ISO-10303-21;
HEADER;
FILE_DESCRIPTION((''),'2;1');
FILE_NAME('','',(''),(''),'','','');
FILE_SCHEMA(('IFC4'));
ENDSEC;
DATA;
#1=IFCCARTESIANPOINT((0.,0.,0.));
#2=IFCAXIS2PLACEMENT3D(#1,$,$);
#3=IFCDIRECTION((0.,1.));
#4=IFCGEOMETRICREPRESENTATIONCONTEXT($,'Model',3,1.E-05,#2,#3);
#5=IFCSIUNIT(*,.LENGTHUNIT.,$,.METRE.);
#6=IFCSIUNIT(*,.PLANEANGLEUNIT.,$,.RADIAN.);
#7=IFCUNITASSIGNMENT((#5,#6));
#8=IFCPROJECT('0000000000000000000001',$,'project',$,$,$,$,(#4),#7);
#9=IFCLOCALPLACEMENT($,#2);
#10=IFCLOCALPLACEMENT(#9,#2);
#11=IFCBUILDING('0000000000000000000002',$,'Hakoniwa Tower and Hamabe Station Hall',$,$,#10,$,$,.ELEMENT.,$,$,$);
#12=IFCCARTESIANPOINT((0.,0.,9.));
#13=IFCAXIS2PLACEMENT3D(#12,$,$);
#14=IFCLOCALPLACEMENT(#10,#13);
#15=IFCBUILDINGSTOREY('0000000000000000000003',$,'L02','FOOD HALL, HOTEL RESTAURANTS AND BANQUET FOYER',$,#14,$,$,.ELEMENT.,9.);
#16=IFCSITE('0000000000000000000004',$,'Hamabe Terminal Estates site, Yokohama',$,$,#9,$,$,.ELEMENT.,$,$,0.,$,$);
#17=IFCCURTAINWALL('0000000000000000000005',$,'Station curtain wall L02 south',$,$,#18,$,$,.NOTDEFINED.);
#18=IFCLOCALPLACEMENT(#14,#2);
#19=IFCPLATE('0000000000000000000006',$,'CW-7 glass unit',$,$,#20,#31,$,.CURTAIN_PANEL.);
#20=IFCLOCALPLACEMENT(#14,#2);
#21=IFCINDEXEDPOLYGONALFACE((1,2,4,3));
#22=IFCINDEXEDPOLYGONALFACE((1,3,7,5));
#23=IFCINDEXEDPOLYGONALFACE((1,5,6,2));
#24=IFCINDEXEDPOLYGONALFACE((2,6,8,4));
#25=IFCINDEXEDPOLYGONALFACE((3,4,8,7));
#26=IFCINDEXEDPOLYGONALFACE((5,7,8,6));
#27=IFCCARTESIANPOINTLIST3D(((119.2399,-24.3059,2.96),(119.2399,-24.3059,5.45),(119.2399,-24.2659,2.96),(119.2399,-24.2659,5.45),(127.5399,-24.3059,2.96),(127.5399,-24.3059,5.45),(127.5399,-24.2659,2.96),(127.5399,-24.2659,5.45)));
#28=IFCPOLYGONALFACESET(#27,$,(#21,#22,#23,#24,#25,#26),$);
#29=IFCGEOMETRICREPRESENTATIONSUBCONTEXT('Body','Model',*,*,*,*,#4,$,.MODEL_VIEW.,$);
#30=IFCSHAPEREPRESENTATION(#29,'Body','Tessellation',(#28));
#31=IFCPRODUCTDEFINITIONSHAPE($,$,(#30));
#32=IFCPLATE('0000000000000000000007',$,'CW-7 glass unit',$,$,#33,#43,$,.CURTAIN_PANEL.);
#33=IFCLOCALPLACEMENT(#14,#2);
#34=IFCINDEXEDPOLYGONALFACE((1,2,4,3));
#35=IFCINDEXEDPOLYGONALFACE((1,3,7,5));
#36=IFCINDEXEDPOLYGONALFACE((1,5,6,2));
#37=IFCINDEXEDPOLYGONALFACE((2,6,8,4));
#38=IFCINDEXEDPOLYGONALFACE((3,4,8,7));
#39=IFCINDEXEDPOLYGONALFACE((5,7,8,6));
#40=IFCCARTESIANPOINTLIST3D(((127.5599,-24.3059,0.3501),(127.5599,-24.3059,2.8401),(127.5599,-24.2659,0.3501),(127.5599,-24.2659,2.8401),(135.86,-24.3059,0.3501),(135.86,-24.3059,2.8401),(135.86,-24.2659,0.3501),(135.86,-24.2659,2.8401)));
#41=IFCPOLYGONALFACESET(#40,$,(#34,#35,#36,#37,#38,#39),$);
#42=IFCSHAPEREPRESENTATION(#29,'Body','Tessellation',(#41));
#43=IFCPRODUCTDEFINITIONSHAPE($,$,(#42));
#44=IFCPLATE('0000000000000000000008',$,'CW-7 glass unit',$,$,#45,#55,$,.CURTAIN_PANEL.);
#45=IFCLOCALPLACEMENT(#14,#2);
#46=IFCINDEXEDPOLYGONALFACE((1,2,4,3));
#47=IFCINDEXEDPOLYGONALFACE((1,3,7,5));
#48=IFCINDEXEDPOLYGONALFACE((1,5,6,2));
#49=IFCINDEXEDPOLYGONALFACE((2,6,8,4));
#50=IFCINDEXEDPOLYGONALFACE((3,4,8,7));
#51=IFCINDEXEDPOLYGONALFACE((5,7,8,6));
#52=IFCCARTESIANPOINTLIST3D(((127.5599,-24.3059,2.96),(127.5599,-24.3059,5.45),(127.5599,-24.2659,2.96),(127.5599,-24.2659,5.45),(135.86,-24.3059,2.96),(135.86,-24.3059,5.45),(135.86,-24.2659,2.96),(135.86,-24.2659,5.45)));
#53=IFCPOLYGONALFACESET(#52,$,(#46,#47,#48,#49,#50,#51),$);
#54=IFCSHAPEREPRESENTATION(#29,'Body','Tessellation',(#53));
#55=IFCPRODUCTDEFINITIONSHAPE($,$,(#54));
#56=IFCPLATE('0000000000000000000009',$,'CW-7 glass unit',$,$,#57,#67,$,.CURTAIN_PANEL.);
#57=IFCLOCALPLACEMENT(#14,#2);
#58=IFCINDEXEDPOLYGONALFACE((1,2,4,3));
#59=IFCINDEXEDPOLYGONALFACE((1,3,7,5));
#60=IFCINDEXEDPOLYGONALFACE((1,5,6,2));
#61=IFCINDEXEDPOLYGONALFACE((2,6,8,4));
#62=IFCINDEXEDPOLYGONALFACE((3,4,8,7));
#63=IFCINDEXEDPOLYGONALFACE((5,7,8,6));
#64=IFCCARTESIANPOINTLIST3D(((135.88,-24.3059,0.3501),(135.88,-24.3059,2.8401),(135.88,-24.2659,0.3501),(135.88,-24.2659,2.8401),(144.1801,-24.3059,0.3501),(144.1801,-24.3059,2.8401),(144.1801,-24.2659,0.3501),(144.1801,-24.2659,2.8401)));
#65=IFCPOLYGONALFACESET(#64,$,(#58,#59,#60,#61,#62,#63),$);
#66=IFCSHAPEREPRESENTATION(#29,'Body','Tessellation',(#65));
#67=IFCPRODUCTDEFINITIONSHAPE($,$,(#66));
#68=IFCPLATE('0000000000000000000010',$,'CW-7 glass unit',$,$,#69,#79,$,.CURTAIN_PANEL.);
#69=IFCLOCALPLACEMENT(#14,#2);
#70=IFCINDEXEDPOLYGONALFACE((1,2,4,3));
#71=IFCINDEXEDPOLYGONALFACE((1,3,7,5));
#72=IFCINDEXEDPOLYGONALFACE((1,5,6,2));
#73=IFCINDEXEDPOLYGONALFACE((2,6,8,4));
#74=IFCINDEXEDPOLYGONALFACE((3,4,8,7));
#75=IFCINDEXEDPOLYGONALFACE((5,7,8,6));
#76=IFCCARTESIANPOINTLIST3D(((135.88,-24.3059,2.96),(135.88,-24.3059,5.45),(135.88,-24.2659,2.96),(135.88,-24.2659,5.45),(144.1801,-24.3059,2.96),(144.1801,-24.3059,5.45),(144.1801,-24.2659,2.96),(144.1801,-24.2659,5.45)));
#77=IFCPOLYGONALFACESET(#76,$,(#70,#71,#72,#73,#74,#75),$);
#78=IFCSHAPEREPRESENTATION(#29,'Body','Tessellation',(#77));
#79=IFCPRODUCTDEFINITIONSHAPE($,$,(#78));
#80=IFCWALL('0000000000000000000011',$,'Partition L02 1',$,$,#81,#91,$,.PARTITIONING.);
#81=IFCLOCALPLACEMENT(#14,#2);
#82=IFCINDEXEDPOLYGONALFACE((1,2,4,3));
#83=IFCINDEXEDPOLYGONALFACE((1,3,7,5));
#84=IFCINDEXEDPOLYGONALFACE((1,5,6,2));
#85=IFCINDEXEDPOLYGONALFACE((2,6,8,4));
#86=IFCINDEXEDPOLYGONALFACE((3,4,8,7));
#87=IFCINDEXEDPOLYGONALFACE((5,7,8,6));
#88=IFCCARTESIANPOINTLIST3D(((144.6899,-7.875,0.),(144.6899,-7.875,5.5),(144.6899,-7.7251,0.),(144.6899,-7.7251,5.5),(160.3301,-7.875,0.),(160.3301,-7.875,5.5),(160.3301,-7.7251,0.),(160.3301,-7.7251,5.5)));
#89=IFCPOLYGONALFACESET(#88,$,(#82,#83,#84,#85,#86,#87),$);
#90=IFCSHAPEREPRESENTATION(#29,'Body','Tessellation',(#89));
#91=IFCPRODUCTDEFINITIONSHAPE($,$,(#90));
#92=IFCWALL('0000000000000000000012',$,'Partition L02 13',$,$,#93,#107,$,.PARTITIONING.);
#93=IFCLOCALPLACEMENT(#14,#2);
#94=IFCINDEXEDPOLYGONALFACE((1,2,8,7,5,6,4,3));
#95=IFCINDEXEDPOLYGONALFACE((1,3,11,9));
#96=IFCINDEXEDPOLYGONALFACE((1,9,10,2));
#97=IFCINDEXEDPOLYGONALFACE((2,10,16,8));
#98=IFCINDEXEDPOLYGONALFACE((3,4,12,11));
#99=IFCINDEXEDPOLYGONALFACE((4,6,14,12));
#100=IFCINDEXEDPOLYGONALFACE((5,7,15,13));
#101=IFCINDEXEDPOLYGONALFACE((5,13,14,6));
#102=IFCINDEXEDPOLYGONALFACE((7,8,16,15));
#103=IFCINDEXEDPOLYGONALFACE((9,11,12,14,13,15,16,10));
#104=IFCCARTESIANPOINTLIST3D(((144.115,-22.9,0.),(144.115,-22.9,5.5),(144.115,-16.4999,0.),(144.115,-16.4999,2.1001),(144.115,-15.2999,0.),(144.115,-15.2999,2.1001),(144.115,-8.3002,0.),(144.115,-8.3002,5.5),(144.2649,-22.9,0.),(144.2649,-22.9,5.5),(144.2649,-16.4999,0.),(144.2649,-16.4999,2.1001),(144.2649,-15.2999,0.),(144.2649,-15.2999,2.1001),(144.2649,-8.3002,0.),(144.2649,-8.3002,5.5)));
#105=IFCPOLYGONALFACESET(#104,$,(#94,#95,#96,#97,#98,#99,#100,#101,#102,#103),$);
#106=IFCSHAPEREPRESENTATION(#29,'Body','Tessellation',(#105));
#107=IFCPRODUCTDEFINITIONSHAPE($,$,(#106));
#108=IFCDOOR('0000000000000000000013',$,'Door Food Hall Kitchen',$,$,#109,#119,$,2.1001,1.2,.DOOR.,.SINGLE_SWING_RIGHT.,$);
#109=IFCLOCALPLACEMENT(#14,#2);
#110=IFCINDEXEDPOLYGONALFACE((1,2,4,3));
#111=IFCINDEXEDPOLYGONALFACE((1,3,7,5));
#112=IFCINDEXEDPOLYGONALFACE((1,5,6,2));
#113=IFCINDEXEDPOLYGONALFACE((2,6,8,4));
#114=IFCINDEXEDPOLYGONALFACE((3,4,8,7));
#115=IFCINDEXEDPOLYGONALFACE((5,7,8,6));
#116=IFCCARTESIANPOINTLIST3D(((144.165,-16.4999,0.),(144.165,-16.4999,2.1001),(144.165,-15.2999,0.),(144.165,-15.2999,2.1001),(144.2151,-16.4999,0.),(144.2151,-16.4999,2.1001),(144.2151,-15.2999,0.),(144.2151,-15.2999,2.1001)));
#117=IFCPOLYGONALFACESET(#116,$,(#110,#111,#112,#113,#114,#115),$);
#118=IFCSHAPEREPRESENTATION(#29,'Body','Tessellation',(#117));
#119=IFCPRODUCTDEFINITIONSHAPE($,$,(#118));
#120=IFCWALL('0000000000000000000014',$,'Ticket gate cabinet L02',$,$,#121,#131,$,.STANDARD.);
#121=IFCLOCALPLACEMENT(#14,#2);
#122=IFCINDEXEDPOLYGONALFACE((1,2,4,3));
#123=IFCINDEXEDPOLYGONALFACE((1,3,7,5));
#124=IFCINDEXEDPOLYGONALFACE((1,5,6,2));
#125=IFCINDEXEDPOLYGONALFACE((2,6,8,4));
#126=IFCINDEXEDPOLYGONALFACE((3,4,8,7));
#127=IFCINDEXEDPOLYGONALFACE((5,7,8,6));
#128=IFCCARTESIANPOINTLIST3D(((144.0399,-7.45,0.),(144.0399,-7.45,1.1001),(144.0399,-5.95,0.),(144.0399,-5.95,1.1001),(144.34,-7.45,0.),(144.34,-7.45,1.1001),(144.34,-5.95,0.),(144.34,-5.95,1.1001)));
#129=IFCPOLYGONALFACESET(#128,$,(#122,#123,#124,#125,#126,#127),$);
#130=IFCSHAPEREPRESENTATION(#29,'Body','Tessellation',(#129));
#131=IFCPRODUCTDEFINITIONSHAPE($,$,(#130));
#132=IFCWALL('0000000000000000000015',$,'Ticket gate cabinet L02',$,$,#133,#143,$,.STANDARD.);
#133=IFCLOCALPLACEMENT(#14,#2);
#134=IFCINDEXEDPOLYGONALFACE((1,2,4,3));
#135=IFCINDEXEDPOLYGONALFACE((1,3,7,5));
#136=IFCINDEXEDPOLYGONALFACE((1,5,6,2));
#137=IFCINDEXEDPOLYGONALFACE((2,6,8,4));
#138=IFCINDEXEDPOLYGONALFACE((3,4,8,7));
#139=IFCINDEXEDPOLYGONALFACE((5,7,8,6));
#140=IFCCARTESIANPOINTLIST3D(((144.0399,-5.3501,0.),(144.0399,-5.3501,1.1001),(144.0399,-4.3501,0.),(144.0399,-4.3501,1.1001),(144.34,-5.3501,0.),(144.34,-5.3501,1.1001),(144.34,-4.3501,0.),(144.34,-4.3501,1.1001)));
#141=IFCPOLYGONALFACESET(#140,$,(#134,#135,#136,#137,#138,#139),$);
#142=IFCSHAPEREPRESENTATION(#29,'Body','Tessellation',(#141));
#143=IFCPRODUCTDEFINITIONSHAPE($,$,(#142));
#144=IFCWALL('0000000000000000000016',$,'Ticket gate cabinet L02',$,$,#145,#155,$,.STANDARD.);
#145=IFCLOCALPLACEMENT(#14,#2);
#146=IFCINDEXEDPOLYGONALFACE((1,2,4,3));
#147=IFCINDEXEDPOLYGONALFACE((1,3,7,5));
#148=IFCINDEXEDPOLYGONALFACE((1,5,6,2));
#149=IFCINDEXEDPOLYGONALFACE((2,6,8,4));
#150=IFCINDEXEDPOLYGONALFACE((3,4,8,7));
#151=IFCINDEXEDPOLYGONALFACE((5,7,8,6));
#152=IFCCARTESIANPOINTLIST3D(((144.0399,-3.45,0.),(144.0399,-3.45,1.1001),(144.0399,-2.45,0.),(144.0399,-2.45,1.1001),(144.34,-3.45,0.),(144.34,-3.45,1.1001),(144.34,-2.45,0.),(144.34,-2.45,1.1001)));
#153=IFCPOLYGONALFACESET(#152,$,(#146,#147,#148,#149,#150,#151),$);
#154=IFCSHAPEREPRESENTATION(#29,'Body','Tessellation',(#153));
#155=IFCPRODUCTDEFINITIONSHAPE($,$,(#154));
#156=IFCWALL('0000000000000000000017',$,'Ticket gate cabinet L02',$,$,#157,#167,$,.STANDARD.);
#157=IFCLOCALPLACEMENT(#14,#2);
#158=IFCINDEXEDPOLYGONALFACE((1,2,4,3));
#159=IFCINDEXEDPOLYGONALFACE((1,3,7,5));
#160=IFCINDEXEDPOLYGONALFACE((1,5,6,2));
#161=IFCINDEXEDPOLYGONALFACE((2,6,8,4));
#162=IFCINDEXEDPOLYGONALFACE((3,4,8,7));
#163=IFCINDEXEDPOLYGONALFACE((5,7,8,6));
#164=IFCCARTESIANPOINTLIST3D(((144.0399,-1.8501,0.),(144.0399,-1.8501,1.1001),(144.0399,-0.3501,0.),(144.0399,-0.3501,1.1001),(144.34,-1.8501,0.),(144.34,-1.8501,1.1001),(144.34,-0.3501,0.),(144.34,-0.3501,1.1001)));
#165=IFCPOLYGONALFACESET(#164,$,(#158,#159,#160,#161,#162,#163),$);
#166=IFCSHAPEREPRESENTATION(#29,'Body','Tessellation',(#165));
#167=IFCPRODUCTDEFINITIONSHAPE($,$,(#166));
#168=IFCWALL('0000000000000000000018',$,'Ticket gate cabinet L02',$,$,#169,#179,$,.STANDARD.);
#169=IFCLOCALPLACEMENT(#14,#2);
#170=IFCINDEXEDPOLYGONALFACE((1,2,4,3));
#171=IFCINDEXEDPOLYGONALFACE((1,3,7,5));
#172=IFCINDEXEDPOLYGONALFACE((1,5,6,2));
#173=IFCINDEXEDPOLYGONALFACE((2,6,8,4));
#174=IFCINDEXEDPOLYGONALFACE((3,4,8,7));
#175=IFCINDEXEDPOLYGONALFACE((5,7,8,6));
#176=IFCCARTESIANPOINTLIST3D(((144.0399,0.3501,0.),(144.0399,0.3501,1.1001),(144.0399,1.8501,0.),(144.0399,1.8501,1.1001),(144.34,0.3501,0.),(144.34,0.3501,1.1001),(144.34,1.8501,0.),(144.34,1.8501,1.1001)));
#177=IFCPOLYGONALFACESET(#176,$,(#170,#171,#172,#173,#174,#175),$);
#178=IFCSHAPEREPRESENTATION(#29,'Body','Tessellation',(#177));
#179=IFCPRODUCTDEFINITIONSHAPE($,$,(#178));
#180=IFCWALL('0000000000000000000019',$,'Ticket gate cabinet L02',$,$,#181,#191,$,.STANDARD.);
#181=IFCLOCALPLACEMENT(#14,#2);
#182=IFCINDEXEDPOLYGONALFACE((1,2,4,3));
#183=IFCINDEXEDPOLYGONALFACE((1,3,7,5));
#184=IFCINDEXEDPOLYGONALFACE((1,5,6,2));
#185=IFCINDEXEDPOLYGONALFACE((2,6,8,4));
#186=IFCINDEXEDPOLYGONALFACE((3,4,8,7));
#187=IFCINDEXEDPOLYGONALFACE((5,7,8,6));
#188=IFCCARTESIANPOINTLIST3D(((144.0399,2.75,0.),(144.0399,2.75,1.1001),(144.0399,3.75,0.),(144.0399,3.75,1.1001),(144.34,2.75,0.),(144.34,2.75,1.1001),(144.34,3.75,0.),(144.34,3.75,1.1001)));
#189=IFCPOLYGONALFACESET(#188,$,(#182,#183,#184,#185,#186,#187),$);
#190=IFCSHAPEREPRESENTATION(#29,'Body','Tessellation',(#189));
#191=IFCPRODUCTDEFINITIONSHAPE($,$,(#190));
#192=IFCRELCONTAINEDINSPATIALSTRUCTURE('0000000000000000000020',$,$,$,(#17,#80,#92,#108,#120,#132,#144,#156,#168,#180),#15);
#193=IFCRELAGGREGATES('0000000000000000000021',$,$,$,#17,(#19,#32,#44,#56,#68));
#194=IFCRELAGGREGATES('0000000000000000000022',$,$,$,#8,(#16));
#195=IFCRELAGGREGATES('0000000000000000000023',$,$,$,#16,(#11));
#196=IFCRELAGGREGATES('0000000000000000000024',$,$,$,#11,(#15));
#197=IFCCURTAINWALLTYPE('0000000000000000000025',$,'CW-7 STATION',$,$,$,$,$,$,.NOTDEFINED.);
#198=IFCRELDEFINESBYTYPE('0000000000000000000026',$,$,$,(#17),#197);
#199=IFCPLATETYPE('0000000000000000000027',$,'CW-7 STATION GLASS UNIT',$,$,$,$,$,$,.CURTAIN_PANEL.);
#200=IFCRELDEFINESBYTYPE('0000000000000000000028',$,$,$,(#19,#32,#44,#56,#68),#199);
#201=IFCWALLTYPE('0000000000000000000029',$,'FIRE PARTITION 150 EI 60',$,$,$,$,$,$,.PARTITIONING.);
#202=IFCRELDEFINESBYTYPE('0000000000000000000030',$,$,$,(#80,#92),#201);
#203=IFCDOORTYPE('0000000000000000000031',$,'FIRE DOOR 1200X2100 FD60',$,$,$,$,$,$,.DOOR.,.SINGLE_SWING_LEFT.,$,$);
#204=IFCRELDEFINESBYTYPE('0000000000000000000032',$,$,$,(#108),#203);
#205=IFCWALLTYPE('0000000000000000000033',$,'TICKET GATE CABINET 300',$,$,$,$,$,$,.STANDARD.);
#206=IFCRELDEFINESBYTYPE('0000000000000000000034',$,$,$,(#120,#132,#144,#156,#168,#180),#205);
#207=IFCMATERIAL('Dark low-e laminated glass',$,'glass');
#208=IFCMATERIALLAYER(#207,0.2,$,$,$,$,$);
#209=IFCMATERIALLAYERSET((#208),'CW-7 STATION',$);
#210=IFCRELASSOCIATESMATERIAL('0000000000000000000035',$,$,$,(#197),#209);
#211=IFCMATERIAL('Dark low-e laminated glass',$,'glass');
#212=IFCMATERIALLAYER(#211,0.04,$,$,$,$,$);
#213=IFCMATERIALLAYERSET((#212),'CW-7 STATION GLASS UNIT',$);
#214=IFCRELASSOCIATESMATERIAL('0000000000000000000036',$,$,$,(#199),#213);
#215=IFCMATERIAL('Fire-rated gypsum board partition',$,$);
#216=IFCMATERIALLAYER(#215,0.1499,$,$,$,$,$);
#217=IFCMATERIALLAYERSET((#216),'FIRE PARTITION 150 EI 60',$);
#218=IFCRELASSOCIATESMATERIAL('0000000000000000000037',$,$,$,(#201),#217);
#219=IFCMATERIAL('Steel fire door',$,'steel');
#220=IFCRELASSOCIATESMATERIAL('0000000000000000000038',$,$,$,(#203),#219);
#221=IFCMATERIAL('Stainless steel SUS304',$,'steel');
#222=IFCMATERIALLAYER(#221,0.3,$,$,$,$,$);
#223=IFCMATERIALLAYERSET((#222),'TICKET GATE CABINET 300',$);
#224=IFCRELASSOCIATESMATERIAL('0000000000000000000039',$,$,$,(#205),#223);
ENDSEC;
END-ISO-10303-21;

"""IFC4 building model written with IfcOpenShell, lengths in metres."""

from ifc_helpers import new_model, si_unit, direction, frame, frame_2d, origin, origin_2d, place, context, subcontext, project, spatial, rectangle, extrude, material, layer, layer_set, type_object, element, fill, aggregate, save


model = new_model("IFC4")

# Units and contexts
model_context = context("Model", 3, precision=1e-05, world=origin(), true_north=direction((0.0, 1.0)))
body_context = subcontext(model_context, "Body", "Model", "MODEL_VIEW")
ifc_project = project(units=[si_unit("LENGTHUNIT", "METRE"), si_unit("PLANEANGLEUNIT", "RADIAN")], contexts=[model_context])

# Site, building, storey
site_placement = place(None, origin())
site = spatial("IfcSite", under=ifc_project, at=site_placement, Name="Hamabe Terminal Estates site, Yokohama", CompositionType="ELEMENT", RefElevation=0.0)
building_placement = place(site_placement, origin())
building = spatial("IfcBuilding", under=site, at=building_placement, Name="Hakoniwa Tower and Hamabe Station Hall", CompositionType="ELEMENT")
storey_placement = place(building_placement, frame((0.0, 0.0, 9.0)))
storey = spatial("IfcBuildingStorey", under=building, at=storey_placement, Name="L02", Description="FOOD HALL, HOTEL RESTAURANTS AND BANQUET FOYER", CompositionType="ELEMENT", Elevation=9.0)

# Curtain wall, plates
ifc_material_1 = material(Name="Dark low-e laminated glass", Category="glass")
ifc_layer_1 = layer(ifc_material_1, 0.2)
ifc_layer_set_1 = layer_set([ifc_layer_1], Name="CW-7 STATION")
curtain_wall_type = type_object("IfcCurtainWallType", Name="CW-7 STATION", PredefinedType="NOTDEFINED", material=ifc_layer_set_1)
curtain_wall_placement = place(storey_placement, origin())
curtain_wall = element("IfcCurtainWall", 1, at=curtain_wall_placement, inside=storey, type_object=curtain_wall_type, Name="Station curtain wall L02 south", PredefinedType="NOTDEFINED")
ifc_material_2 = material(Name="Dark low-e laminated glass", Category="glass")
ifc_layer_2 = layer(ifc_material_2, 0.04)
ifc_layer_set_2 = layer_set([ifc_layer_2], Name="CW-7 STATION GLASS UNIT")
plate_type = type_object("IfcPlateType", Name="CW-7 STATION GLASS UNIT", PredefinedType="CURTAIN_PANEL", material=ifc_layer_set_2)
plate_1_placement = place(storey_placement, frame((123.3899, -24.2859, 2.96), z_axis=(0.0, 0.0, 1.0), x_axis=(1.0, 0.0, 0.0)))
plate_1 = element("IfcPlate", 2, at=plate_1_placement, type_object=plate_type, Name="CW-7 glass unit", PredefinedType="CURTAIN_PANEL", context=body_context, shape_type="SweptSolid", body=[
    extrude(rectangle(XDim=8.3, YDim=0.04, at=origin_2d()), origin(), (0.0, 0.0, 1.0), 2.49),
])
plate_2_placement = place(storey_placement, frame((131.71, -24.2859, 0.3501), z_axis=(0.0, 0.0, 1.0), x_axis=(1.0, 0.0, 0.0)))
plate_2 = element("IfcPlate", 3, at=plate_2_placement, type_object=plate_type, Name="CW-7 glass unit", PredefinedType="CURTAIN_PANEL", context=body_context, shape_type="SweptSolid", body=[
    extrude(rectangle(XDim=8.3, YDim=0.04, at=origin_2d()), origin(), (0.0, 0.0, 1.0), 2.49),
])
plate_3_placement = place(storey_placement, frame((131.71, -24.2859, 2.96), z_axis=(0.0, 0.0, 1.0), x_axis=(1.0, 0.0, 0.0)))
plate_3 = element("IfcPlate", 4, at=plate_3_placement, type_object=plate_type, Name="CW-7 glass unit", PredefinedType="CURTAIN_PANEL", context=body_context, shape_type="SweptSolid", body=[
    extrude(rectangle(XDim=8.3, YDim=0.04, at=origin_2d()), origin(), (0.0, 0.0, 1.0), 2.49),
])
plate_4_placement = place(storey_placement, frame((140.03, -24.2859, 0.3501), z_axis=(0.0, 0.0, 1.0), x_axis=(1.0, 0.0, 0.0)))
plate_4 = element("IfcPlate", 5, at=plate_4_placement, type_object=plate_type, Name="CW-7 glass unit", PredefinedType="CURTAIN_PANEL", context=body_context, shape_type="SweptSolid", body=[
    extrude(rectangle(XDim=8.3, YDim=0.04, at=origin_2d()), origin(), (0.0, 0.0, 1.0), 2.49),
])
plate_5_placement = place(storey_placement, frame((140.03, -24.2859, 2.96), z_axis=(0.0, 0.0, 1.0), x_axis=(1.0, 0.0, 0.0)))
plate_5 = element("IfcPlate", 6, at=plate_5_placement, type_object=plate_type, Name="CW-7 glass unit", PredefinedType="CURTAIN_PANEL", context=body_context, shape_type="SweptSolid", body=[
    extrude(rectangle(XDim=8.3, YDim=0.04, at=origin_2d()), origin(), (0.0, 0.0, 1.0), 2.49),
])
aggregate(curtain_wall, [plate_1, plate_2, plate_3, plate_4, plate_5])

# Wall
ifc_material_3 = material(Name="Fire-rated gypsum board partition")
ifc_layer_3 = layer(ifc_material_3, 0.1499)
ifc_layer_set_3 = layer_set([ifc_layer_3], Name="FIRE PARTITION 150 EI 60")
wall_type_1 = type_object("IfcWallType", Name="FIRE PARTITION 150 EI 60", PredefinedType="PARTITIONING", material=ifc_layer_set_3)
wall_1_placement = place(storey_placement, frame((144.6899, -7.8, 0.0), z_axis=(0.0, 0.0, 1.0), x_axis=(1.0, 0.0, 0.0)))
element("IfcWall", 7, at=wall_1_placement, inside=storey, type_object=wall_type_1, Name="Partition L02 1", PredefinedType="PARTITIONING", context=body_context, shape_type="SweptSolid", body=[
    extrude(rectangle(XDim=15.6401, YDim=0.1499, at=frame_2d((7.8201, 0.0))), origin(), (0.0, 0.0, 1.0), 5.5),
])

# Wall, opening, door
wall_2_placement = place(storey_placement, frame((144.1899, -22.8999, 0.0), z_axis=(0.0, 0.0, 1.0), x_axis=(0.0, 1.0, 0.0)))
wall_2 = element("IfcWall", 8, at=wall_2_placement, inside=storey, type_object=wall_type_1, Name="Partition L02 13", PredefinedType="PARTITIONING", context=body_context, shape_type="SweptSolid", body=[
    extrude(rectangle(XDim=14.5999, YDim=0.1499, at=frame_2d((7.2998, 0.0))), origin(), (0.0, 0.0, 1.0), 5.5),
])
opening_placement = place(wall_2_placement, frame((6.3999, 0.0, 0.0)))
opening = element("IfcOpeningElement", 9, at=opening_placement, cuts=wall_2, PredefinedType="OPENING", context=body_context, shape_type="SweptSolid", body=[
    extrude(rectangle(XDim=1.2, YDim=2.1001, at=frame_2d((0.6001, 1.05))), frame((0.0, 0.085, 0.0), z_axis=(0.0, -1.0, 0.0), x_axis=(1.0, 0.0, 0.0)), (0.0, 0.0, 1.0), 0.1699),
])
ifc_material_4 = material(Name="Steel fire door", Category="steel")
door_type = type_object("IfcDoorType", Name="FIRE DOOR 1200X2100 FD60", OperationType="SINGLE_SWING_LEFT", PredefinedType="DOOR", material=ifc_material_4)
door_placement = place(opening_placement, origin())
door = element("IfcDoor", 10, at=door_placement, inside=storey, type_object=door_type, Name="Door Food Hall Kitchen", OperationType="SINGLE_SWING_RIGHT", OverallHeight=2.1001, OverallWidth=1.2, PredefinedType="DOOR", context=body_context, shape_type="SweptSolid", body=[
    extrude(rectangle(XDim=1.2, YDim=2.1001, at=frame_2d((0.6001, 1.05))), frame((0.0, 0.0249, 0.0), z_axis=(0.0, -1.0, 0.0), x_axis=(1.0, 0.0, 0.0)), (0.0, 0.0, 1.0), 0.05),
])
fill(opening, door)

# Walls
ifc_material_5 = material(Name="Stainless steel SUS304", Category="steel")
ifc_layer_4 = layer(ifc_material_5, 0.3)
ifc_layer_set_4 = layer_set([ifc_layer_4], Name="TICKET GATE CABINET 300")
wall_type_2 = type_object("IfcWallType", Name="TICKET GATE CABINET 300", PredefinedType="STANDARD", material=ifc_layer_set_4)
wall_3_placement = place(storey_placement, frame((144.1899, -7.45, 0.0), z_axis=(0.0, 0.0, 1.0), x_axis=(0.0, 1.0, 0.0)))
element("IfcWall", 11, at=wall_3_placement, inside=storey, type_object=wall_type_2, Name="Ticket gate cabinet L02", PredefinedType="STANDARD", context=body_context, shape_type="SweptSolid", body=[
    extrude(rectangle(XDim=1.5, YDim=0.3, at=frame_2d((0.75, 0.0))), origin(), (0.0, 0.0, 1.0), 1.1001),
])
for number, where, z_axis, x_axis, name in (
    (12, (144.1899, -5.3501, 0.0), (0.0, 0.0, 1.0), (0.0, 1.0, 0.0), "Ticket gate cabinet L02"),
    (13, (144.1899, -3.45, 0.0), (0.0, 0.0, 1.0), (0.0, 1.0, 0.0), "Ticket gate cabinet L02"),
):
    element("IfcWall", number, at=place(storey_placement, frame(where, z_axis=z_axis, x_axis=x_axis)), inside=storey, type_object=wall_type_2, Name=name, PredefinedType="STANDARD", context=body_context, shape_type="SweptSolid", body=[
        extrude(rectangle(XDim=1.0, YDim=0.3, at=frame_2d((0.5, 0.0))), origin(), (0.0, 0.0, 1.0), 1.1001),
    ])
for number, where, z_axis, x_axis, name in (
    (14, (144.1899, -1.8501, 0.0), (0.0, 0.0, 1.0), (0.0, 1.0, 0.0), "Ticket gate cabinet L02"),
    (15, (144.1899, 0.3501, 0.0), (0.0, 0.0, 1.0), (0.0, 1.0, 0.0), "Ticket gate cabinet L02"),
):
    element("IfcWall", number, at=place(storey_placement, frame(where, z_axis=z_axis, x_axis=x_axis)), inside=storey, type_object=wall_type_2, Name=name, PredefinedType="STANDARD", context=body_context, shape_type="SweptSolid", body=[
        extrude(rectangle(XDim=1.5, YDim=0.3, at=frame_2d((0.75, 0.0))), origin(), (0.0, 0.0, 1.0), 1.1001),
    ])
wall_4_placement = place(storey_placement, frame((144.1899, 2.75, 0.0), z_axis=(0.0, 0.0, 1.0), x_axis=(0.0, 1.0, 0.0)))
element("IfcWall", 16, at=wall_4_placement, inside=storey, type_object=wall_type_2, Name="Ticket gate cabinet L02", PredefinedType="STANDARD", context=body_context, shape_type="SweptSolid", body=[
    extrude(rectangle(XDim=1.0, YDim=0.3, at=frame_2d((0.5, 0.0))), origin(), (0.0, 0.0, 1.0), 1.1001),
])

save(model, "model.ifc")
